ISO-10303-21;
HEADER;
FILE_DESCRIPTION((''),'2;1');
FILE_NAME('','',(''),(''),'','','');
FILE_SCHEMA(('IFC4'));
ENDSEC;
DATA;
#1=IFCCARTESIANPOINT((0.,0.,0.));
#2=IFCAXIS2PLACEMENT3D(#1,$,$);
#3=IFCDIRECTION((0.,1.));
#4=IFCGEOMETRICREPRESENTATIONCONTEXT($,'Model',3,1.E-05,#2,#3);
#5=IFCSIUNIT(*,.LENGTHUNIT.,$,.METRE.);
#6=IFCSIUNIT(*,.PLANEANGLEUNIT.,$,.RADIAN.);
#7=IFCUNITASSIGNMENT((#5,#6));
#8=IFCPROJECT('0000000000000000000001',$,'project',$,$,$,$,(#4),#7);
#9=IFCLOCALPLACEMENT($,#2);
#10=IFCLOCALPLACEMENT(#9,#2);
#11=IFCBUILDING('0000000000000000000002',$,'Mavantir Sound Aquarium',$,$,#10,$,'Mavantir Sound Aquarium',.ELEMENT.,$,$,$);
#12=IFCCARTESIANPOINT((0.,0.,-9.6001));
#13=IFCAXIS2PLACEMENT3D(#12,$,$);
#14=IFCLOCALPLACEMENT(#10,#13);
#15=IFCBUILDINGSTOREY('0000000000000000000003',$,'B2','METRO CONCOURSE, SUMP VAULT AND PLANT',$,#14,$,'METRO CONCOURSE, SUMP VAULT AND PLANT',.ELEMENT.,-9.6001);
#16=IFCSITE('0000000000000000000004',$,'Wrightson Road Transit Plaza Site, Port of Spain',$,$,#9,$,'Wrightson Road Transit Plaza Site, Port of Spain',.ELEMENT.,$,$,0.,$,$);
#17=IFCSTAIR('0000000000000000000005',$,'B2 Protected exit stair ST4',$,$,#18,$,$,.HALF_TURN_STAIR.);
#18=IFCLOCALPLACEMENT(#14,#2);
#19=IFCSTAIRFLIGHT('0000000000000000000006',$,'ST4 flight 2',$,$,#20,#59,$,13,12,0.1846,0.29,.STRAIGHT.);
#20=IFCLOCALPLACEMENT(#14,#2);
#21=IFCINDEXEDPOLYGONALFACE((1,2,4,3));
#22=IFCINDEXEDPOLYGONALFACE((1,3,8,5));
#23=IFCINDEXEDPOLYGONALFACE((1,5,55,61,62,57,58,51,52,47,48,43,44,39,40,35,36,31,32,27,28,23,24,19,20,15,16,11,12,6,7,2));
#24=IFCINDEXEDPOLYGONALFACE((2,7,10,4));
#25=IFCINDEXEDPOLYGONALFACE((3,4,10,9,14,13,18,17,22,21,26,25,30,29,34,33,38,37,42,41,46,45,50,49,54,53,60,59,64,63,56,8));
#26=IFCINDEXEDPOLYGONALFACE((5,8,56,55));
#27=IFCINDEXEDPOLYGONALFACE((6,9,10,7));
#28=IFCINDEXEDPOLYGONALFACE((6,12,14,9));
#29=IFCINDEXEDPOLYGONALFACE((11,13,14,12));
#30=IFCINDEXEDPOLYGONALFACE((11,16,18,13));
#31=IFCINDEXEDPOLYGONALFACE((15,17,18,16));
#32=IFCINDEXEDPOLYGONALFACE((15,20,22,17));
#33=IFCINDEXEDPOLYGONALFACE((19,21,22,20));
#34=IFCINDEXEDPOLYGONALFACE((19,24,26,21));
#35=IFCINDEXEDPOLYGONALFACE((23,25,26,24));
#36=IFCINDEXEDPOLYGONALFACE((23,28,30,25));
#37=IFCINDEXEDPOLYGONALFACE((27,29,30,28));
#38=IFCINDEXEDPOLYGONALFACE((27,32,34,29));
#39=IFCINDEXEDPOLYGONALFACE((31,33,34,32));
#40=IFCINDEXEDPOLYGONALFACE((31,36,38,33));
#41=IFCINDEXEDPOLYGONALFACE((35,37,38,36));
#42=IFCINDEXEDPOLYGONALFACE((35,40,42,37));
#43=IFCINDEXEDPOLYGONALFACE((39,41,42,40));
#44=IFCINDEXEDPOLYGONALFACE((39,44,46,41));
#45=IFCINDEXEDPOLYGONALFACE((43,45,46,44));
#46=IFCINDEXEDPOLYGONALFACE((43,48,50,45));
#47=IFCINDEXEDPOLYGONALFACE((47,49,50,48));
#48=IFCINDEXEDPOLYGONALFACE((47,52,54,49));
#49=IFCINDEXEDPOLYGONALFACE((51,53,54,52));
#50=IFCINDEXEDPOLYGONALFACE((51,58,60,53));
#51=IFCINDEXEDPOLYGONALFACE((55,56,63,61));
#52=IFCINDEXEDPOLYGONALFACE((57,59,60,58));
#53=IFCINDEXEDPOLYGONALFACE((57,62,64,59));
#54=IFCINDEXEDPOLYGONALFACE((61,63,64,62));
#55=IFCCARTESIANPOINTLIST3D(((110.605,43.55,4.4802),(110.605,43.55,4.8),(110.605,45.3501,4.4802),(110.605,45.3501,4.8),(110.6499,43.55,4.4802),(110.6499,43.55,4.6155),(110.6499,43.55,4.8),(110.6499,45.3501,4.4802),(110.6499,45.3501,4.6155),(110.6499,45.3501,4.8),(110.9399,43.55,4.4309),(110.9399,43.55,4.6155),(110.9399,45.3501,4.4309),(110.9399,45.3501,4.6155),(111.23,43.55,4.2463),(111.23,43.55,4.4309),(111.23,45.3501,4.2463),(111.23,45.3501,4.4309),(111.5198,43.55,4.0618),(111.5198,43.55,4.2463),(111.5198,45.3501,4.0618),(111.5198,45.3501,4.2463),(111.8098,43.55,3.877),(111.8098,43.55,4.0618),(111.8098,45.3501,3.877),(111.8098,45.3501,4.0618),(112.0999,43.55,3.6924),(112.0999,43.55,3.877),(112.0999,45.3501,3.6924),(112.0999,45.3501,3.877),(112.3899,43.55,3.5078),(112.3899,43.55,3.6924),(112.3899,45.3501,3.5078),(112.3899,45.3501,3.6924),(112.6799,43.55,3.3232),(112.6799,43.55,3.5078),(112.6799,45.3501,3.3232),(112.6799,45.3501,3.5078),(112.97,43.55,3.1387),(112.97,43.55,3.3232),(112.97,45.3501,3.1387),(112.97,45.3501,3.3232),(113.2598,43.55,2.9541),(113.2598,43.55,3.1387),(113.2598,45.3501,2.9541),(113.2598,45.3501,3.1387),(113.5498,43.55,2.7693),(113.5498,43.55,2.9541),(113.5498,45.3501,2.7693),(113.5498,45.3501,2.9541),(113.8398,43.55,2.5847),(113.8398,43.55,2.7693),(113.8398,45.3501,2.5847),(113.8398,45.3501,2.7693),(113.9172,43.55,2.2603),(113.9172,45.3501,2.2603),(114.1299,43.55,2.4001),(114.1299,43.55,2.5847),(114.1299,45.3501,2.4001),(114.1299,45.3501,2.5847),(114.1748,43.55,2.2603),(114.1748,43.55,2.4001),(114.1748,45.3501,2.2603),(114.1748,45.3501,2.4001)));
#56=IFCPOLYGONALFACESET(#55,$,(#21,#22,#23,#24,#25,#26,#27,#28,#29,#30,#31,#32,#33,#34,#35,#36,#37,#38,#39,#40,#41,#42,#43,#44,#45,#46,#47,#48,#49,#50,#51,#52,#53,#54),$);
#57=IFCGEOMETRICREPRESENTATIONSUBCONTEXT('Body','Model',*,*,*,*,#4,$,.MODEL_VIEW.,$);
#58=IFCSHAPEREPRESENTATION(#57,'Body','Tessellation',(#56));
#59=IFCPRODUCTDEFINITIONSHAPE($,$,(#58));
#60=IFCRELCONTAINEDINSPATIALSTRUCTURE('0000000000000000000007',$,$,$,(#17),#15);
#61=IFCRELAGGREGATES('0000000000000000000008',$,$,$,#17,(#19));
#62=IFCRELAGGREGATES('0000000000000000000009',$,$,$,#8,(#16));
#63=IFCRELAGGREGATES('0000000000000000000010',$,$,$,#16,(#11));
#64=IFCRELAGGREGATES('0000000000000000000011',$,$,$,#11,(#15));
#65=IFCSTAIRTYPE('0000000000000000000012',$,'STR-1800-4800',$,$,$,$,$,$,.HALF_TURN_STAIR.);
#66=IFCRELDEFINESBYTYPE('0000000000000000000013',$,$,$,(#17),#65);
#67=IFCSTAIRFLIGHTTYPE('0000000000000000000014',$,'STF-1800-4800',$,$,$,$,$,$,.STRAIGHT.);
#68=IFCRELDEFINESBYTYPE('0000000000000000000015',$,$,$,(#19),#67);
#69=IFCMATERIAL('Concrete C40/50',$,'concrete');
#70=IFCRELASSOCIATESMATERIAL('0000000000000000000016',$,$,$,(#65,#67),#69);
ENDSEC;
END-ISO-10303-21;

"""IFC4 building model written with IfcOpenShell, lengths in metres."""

from ifc_helpers import new_model, si_unit, direction, frame, origin, place, context, subcontext, project, spatial, polyline, outline, extrude, material, type_object, element, aggregate, save


model = new_model("IFC4")

# Units and contexts
model_context = context("Model", 3, precision=1e-05, world=origin(), true_north=direction((0.0, 1.0)))
body_context = subcontext(model_context, "Body", "Model", "MODEL_VIEW")
ifc_project = project(units=[si_unit("LENGTHUNIT", "METRE"), si_unit("PLANEANGLEUNIT", "RADIAN")], contexts=[model_context])

# Site, building, storey
site_placement = place(None, origin())
site = spatial("IfcSite", under=ifc_project, at=site_placement, Name="Wrightson Road Transit Plaza Site, Port of Spain", LongName="Wrightson Road Transit Plaza Site, Port of Spain", CompositionType="ELEMENT", RefElevation=0.0)
building_placement = place(site_placement, origin())
building = spatial("IfcBuilding", under=site, at=building_placement, Name="Mavantir Sound Aquarium", LongName="Mavantir Sound Aquarium", CompositionType="ELEMENT")
storey_placement = place(building_placement, frame((0.0, 0.0, -9.6001)))
storey = spatial("IfcBuildingStorey", under=building, at=storey_placement, Name="B2", Description="METRO CONCOURSE, SUMP VAULT AND PLANT", LongName="METRO CONCOURSE, SUMP VAULT AND PLANT", CompositionType="ELEMENT", Elevation=-9.6001)

# Shared definitions
ifc_material_1 = material(Name="Concrete C40/50", Category="concrete")

# Stair, stair flight
stair_type = type_object("IfcStairType", Name="STR-1800-4800", PredefinedType="HALF_TURN_STAIR", material=ifc_material_1)
stair_placement = place(storey_placement, origin())
stair = element("IfcStair", 1, at=stair_placement, inside=storey, type_object=stair_type, Name="B2 Protected exit stair ST4", PredefinedType="HALF_TURN_STAIR")
stair_flight_type = type_object("IfcStairFlightType", Name="STF-1800-4800", PredefinedType="STRAIGHT", material=ifc_material_1)
stair_flight_1_placement = place(storey_placement, frame((114.1299, 44.45, 2.4001), z_axis=(0.0, 0.0, 1.0), x_axis=(-1.0, 0.0, 0.0)))
stair_flight_1 = element("IfcStairFlight", 2, at=stair_flight_1_placement, type_object=stair_flight_type, Name="ST4 flight 2", NumberOfRisers=13, NumberOfTreads=12, PredefinedType="STRAIGHT", RiserHeight=0.1846, TreadLength=0.29, context=body_context, shape_type="SweptSolid", body=[
    extrude(outline(polyline([(-0.0449, -0.1399), (-0.0449, 0.0), (0.0, 0.0), (0.0, 0.1846), (0.29, 0.1846), (0.29, 0.3691), (0.5801, 0.3691), (0.5801, 0.554), (0.8701, 0.554), (0.8701, 0.7385), (1.1599, 0.7385), (1.1599, 0.9231), (1.45, 0.9231), (1.45, 1.1077), (1.74, 1.1077), (1.74, 1.2922), (2.03, 1.2922), (2.03, 1.4768), (2.3201, 1.4768), (2.3201, 1.6616), (2.6101, 1.6616), (2.6101, 1.8462), (2.8999, 1.8462), (2.8999, 2.0308), (3.1899, 2.0308), (3.1899, 2.2153), (3.48, 2.2153), (3.48, 2.3999), (3.5249, 2.3999), (3.5249, 2.0801), (3.48, 2.0801), (0.2126, -0.1399), (-0.0449, -0.1399)])), frame((0.0, 0.8999, 0.0), z_axis=(0.0, -1.0, 0.0), x_axis=(1.0, 0.0, 0.0)), (0.0, 0.0, 1.0), 1.8),
])
aggregate(stair, [stair_flight_1])

save(model, "model.ifc")
